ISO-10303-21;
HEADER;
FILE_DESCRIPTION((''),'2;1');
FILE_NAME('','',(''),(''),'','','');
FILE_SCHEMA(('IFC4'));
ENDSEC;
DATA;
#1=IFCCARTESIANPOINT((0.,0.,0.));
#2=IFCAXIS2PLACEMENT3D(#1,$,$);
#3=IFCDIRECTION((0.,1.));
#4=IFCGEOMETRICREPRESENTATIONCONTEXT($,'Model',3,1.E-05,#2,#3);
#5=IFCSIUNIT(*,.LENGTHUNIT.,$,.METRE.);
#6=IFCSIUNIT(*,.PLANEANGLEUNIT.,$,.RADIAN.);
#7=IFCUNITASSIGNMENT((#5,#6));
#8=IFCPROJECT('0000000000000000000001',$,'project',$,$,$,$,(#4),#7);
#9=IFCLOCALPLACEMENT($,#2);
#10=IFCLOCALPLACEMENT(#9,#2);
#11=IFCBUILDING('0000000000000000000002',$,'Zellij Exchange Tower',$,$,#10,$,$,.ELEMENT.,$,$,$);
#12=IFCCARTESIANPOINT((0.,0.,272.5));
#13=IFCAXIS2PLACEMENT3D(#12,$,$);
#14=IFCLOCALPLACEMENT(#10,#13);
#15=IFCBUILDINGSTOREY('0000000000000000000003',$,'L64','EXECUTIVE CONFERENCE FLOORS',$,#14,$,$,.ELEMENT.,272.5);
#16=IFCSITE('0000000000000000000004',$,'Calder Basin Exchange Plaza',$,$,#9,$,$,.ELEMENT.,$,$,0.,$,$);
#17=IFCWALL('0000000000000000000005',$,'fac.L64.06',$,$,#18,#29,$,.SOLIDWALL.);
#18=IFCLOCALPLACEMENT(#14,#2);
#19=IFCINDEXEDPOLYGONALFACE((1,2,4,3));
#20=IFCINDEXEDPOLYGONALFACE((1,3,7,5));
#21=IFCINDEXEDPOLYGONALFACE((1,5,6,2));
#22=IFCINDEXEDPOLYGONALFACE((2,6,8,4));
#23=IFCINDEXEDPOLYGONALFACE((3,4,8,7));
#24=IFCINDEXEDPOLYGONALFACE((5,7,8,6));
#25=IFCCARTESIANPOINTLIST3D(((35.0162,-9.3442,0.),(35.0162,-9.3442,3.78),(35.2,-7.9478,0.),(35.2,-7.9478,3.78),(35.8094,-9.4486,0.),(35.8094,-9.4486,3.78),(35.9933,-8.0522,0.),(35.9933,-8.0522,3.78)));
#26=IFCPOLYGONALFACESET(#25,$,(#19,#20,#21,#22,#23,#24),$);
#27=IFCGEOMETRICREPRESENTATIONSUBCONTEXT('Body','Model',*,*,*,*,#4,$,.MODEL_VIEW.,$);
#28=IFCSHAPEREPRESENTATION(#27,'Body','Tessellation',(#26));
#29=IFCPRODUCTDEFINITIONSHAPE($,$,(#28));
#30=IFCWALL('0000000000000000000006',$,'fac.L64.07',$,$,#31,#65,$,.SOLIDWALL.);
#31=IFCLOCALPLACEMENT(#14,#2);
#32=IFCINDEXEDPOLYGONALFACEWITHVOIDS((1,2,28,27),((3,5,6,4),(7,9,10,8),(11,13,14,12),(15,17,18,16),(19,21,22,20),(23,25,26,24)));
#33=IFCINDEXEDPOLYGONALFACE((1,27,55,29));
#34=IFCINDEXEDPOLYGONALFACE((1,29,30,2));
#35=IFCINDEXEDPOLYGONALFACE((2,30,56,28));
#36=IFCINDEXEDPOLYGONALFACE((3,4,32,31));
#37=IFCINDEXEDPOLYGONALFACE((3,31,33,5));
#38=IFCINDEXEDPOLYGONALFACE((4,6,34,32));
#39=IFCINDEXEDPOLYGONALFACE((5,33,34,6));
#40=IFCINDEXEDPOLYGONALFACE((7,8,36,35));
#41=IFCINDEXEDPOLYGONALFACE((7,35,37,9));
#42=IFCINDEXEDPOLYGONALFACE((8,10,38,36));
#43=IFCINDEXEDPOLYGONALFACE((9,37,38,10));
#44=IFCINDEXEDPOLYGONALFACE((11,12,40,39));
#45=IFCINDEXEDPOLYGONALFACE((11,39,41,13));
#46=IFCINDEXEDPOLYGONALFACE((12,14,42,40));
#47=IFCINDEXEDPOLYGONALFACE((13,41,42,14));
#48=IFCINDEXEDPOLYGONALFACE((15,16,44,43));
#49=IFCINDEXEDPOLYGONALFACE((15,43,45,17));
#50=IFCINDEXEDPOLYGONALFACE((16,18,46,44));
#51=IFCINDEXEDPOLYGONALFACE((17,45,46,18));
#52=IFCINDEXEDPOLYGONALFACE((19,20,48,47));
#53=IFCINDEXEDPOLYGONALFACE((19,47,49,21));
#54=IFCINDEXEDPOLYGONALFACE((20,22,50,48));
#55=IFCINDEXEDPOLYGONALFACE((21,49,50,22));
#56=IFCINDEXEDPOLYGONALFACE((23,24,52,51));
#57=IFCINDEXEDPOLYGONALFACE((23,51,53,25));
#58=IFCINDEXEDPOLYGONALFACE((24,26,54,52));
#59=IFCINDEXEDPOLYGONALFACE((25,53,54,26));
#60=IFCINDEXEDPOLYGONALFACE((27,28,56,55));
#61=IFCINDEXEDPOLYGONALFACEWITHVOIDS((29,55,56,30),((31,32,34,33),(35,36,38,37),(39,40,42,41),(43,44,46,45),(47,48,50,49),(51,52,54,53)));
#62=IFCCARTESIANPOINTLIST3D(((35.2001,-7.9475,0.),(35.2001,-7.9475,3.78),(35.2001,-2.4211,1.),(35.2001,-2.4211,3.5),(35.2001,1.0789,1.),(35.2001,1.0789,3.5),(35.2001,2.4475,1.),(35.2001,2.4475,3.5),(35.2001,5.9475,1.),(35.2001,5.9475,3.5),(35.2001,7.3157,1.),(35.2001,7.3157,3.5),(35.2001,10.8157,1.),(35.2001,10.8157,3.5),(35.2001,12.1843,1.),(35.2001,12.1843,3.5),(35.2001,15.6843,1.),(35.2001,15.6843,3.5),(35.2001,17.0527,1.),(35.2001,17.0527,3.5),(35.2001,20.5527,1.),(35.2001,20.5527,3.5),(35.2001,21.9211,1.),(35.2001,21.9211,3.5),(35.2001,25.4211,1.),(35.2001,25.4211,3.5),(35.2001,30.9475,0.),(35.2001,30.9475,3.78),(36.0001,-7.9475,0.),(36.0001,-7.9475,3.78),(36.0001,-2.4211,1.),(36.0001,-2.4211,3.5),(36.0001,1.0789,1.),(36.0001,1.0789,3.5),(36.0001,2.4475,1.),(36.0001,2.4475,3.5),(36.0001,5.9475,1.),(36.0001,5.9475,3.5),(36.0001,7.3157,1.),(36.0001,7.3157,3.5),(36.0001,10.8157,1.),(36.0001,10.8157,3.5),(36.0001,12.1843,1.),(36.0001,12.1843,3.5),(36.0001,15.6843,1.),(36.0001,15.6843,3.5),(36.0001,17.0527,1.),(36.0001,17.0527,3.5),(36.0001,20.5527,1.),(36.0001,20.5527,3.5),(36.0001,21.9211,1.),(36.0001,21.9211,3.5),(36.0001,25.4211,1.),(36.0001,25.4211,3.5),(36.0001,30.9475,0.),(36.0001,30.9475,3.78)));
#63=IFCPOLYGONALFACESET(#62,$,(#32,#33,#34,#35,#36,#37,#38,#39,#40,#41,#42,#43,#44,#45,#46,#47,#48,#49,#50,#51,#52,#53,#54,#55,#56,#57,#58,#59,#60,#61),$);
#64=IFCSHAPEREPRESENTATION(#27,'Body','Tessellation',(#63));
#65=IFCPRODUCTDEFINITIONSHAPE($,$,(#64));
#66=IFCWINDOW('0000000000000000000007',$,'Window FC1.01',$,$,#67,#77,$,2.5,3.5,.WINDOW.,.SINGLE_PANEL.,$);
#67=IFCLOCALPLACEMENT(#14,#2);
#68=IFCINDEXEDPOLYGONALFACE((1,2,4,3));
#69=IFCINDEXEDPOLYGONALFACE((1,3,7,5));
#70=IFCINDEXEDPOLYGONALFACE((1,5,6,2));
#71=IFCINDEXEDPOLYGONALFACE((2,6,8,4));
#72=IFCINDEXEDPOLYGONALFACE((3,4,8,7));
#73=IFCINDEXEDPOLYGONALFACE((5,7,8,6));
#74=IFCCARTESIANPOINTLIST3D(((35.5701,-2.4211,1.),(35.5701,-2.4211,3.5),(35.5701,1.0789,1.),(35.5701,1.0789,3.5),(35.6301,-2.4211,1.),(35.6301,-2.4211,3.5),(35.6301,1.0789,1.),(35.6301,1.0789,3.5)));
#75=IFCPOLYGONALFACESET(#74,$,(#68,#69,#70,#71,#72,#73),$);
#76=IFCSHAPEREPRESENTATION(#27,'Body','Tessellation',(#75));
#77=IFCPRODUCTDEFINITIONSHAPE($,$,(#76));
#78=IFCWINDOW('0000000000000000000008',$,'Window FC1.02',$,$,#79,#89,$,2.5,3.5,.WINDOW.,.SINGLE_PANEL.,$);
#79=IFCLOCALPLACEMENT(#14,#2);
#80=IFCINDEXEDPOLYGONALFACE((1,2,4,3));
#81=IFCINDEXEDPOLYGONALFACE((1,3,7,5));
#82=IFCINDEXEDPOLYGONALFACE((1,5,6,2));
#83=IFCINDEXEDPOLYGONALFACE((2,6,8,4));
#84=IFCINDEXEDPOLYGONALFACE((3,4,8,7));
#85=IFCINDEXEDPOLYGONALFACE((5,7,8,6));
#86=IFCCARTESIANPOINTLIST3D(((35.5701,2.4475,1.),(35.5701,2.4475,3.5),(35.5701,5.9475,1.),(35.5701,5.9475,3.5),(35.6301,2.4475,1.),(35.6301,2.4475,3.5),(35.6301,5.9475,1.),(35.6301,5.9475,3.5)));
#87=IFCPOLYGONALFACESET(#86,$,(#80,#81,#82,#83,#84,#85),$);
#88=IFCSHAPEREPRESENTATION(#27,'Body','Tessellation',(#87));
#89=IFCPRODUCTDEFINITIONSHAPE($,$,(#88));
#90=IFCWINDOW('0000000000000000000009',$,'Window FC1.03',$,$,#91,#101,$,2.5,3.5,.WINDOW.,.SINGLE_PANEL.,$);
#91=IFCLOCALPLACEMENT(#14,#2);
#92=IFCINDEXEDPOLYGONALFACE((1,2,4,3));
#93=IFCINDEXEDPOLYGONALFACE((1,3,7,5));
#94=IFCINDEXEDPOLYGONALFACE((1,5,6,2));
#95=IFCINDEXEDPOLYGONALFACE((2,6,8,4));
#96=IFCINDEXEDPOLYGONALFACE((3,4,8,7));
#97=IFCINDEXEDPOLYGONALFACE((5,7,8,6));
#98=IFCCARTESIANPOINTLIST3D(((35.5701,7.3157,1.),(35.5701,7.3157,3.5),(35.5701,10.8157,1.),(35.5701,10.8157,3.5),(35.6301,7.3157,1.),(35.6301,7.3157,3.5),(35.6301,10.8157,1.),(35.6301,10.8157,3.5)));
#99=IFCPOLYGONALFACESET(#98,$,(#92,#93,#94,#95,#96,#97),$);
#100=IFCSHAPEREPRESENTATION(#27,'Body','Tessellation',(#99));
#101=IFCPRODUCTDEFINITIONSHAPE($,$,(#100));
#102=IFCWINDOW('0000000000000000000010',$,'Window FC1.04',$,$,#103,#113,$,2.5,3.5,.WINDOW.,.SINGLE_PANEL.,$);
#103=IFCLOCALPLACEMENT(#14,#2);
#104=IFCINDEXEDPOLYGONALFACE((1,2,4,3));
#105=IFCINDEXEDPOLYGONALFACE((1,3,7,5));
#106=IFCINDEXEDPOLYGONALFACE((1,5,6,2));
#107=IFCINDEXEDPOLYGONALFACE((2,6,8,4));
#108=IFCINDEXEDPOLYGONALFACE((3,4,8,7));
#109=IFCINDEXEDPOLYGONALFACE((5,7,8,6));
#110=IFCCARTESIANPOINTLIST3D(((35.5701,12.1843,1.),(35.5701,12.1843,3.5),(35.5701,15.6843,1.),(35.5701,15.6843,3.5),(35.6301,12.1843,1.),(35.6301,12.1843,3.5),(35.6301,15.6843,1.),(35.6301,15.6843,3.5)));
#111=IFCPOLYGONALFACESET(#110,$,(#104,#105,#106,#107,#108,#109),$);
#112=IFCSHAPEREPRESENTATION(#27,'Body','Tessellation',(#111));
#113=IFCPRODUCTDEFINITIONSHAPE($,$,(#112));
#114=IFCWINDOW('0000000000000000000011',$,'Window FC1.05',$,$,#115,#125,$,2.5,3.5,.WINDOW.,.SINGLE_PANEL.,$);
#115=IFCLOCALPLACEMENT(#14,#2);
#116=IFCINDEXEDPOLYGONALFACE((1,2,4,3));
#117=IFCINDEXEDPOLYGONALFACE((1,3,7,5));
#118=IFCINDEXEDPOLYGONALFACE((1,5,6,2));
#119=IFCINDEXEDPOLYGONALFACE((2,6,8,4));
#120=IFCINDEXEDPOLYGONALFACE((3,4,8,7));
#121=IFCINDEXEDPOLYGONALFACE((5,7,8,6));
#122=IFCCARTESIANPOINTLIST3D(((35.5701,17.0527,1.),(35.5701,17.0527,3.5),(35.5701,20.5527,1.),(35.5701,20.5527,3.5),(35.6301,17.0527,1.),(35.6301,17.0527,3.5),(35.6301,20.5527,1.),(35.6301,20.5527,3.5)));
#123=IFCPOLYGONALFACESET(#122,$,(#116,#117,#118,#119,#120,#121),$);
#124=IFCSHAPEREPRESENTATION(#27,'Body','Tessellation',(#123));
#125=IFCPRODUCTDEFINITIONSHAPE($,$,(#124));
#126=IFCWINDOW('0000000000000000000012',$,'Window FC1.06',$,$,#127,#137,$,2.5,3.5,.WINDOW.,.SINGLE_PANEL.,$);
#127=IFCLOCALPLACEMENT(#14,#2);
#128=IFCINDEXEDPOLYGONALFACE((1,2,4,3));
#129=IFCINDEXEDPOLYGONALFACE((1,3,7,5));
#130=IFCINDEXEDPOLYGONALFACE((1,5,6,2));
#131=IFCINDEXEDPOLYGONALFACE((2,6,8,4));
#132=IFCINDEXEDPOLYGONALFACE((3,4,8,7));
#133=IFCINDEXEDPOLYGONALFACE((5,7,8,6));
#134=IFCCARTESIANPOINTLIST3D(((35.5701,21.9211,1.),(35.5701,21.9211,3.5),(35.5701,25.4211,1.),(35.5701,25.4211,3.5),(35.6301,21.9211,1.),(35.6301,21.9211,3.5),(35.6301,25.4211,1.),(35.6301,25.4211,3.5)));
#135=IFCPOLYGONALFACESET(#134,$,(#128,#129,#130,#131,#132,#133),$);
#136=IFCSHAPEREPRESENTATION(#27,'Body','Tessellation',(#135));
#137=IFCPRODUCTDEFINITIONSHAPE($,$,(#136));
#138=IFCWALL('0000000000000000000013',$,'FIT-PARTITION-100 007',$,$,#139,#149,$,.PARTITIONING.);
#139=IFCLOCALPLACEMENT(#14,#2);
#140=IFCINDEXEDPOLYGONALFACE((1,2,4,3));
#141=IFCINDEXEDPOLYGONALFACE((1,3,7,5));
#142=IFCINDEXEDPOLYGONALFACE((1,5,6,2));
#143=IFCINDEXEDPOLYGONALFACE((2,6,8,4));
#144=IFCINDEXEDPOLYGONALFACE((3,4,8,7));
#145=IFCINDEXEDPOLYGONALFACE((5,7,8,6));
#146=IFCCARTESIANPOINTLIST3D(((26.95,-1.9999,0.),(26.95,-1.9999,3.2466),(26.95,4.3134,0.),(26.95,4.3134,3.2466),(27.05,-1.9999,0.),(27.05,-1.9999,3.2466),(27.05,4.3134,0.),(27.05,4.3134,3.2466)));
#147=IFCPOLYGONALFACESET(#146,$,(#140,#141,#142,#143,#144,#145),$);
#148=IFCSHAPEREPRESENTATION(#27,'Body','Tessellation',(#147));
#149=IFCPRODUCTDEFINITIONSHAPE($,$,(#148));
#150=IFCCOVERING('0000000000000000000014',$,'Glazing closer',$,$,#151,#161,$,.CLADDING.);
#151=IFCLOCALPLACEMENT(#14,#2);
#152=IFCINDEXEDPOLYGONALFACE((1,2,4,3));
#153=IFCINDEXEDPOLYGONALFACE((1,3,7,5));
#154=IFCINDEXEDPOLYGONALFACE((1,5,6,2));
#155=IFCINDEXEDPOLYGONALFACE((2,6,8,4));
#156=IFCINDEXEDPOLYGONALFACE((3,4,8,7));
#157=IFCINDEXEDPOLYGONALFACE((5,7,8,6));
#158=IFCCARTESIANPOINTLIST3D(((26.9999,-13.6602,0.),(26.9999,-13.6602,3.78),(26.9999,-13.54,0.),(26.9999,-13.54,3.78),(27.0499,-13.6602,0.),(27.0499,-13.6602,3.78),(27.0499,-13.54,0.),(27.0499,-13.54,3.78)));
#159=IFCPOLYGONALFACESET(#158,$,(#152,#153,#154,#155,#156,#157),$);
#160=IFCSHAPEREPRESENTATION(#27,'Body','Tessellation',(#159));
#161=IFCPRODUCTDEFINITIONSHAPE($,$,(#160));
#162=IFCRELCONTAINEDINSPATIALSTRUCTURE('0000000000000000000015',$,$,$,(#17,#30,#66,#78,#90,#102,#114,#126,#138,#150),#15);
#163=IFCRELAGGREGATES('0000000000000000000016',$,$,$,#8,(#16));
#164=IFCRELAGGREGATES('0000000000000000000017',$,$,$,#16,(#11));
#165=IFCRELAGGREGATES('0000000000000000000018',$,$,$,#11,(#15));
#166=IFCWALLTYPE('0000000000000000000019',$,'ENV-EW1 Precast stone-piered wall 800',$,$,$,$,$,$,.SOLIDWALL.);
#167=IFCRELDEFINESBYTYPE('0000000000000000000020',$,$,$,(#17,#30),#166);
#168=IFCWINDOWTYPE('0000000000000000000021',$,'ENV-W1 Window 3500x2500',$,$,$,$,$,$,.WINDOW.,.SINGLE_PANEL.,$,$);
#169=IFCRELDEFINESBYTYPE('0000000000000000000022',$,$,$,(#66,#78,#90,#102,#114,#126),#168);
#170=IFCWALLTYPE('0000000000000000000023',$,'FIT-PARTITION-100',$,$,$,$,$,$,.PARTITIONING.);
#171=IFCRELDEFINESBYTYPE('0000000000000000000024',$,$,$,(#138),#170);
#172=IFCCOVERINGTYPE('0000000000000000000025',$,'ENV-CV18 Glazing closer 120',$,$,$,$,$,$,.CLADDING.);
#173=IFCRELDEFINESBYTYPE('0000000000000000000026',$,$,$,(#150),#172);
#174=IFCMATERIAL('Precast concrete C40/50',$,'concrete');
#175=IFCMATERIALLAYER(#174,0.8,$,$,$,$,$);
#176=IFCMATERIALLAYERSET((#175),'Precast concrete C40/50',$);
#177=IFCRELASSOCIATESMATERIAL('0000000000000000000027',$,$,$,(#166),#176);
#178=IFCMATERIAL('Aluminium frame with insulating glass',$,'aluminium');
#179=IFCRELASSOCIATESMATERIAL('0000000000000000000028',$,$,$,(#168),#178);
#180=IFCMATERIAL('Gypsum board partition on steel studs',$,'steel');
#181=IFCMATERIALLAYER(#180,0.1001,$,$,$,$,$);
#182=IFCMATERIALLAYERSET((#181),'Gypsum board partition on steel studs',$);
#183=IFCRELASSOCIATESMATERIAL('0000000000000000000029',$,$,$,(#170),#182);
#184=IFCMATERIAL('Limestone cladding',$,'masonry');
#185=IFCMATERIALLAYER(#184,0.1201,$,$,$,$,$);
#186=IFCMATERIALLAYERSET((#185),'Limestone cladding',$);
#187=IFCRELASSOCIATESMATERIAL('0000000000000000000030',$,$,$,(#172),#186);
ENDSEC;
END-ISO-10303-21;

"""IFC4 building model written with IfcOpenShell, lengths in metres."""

from ifc_helpers import new_model, si_unit, direction, frame, frame_2d, origin, origin_2d, place, context, subcontext, project, spatial, rectangle, extrude, material, layer, layer_set, type_object, element, fill, save


model = new_model("IFC4")

# Units and contexts
model_context = context("Model", 3, precision=1e-05, world=origin(), true_north=direction((0.0, 1.0)))
body_context = subcontext(model_context, "Body", "Model", "MODEL_VIEW")
ifc_project = project(units=[si_unit("LENGTHUNIT", "METRE"), si_unit("PLANEANGLEUNIT", "RADIAN")], contexts=[model_context])

# Site, building, storey
site_placement = place(None, origin())
site = spatial("IfcSite", under=ifc_project, at=site_placement, Name="Calder Basin Exchange Plaza", CompositionType="ELEMENT", RefElevation=0.0)
building_placement = place(site_placement, origin())
building = spatial("IfcBuilding", under=site, at=building_placement, Name="Zellij Exchange Tower", CompositionType="ELEMENT")
storey_placement = place(building_placement, frame((0.0, 0.0, 272.5)))
storey = spatial("IfcBuildingStorey", under=building, at=storey_placement, Name="L64", Description="EXECUTIVE CONFERENCE FLOORS", CompositionType="ELEMENT", Elevation=272.5)

# Wall
ifc_material_1 = material(Name="Precast concrete C40/50", Category="concrete")
ifc_layer_1 = layer(ifc_material_1, 0.8)
ifc_layer_set_1 = layer_set([ifc_layer_1], Name="Precast concrete C40/50")
wall_type_1 = type_object("IfcWallType", Name="ENV-EW1 Precast stone-piered wall 800", PredefinedType="SOLIDWALL", material=ifc_layer_set_1)
wall_1_placement = place(storey_placement, frame((35.4128, -9.3962, 0.0), z_axis=(0.0, 0.0, 1.0), x_axis=(0.130517, 0.991446, 0.0)))
element("IfcWall", 1, at=wall_1_placement, inside=storey, type_object=wall_type_1, Name="fac.L64.06", PredefinedType="SOLIDWALL", context=body_context, shape_type="SweptSolid", body=[
    extrude(rectangle(XDim=1.4084, YDim=0.8, at=frame_2d((0.7041, 0.0))), origin(), (0.0, 0.0, 1.0), 3.78),
])

# Wall, openings, windows
wall_2_placement = place(storey_placement, frame((35.6001, -7.9475, 0.0), z_axis=(0.0, 0.0, 1.0), x_axis=(0.0, 1.0, 0.0)))
wall_2 = element("IfcWall", 2, at=wall_2_placement, inside=storey, type_object=wall_type_1, Name="fac.L64.07", PredefinedType="SOLIDWALL", context=body_context, shape_type="SweptSolid", body=[
    extrude(rectangle(XDim=38.895, YDim=0.8, at=frame_2d((19.4475, 0.0))), origin(), (0.0, 0.0, 1.0), 3.78),
])
opening_1_placement = place(wall_2_placement, frame((5.5264, 0.0, 1.0)))
opening_1 = element("IfcOpeningElement", 3, at=opening_1_placement, cuts=wall_2, PredefinedType="OPENING", context=body_context, shape_type="SweptSolid", body=[
    extrude(rectangle(XDim=3.5, YDim=2.5, at=frame_2d((1.75, 1.25))), frame((0.0, 0.4121, 0.0), z_axis=(0.0, -1.0, 0.0), x_axis=(1.0, 0.0, 0.0)), (0.0, 0.0, 1.0), 0.824),
])
opening_2_placement = place(wall_2_placement, frame((10.395, 0.0, 1.0)))
opening_2 = element("IfcOpeningElement", 4, at=opening_2_placement, cuts=wall_2, PredefinedType="OPENING", context=body_context, shape_type="SweptSolid", body=[
    extrude(rectangle(XDim=3.5, YDim=2.5, at=frame_2d((1.75, 1.25))), frame((0.0, 0.4121, 0.0), z_axis=(0.0, -1.0, 0.0), x_axis=(1.0, 0.0, 0.0)), (0.0, 0.0, 1.0), 0.824),
])
opening_3_placement = place(wall_2_placement, frame((15.2632, 0.0, 1.0)))
opening_3 = element("IfcOpeningElement", 5, at=opening_3_placement, cuts=wall_2, PredefinedType="OPENING", context=body_context, shape_type="SweptSolid", body=[
    extrude(rectangle(XDim=3.5, YDim=2.5, at=frame_2d((1.75, 1.25))), frame((0.0, 0.4121, 0.0), z_axis=(0.0, -1.0, 0.0), x_axis=(1.0, 0.0, 0.0)), (0.0, 0.0, 1.0), 0.824),
])
opening_4_placement = place(wall_2_placement, frame((20.1318, 0.0, 1.0)))
opening_4 = element("IfcOpeningElement", 6, at=opening_4_placement, cuts=wall_2, PredefinedType="OPENING", context=body_context, shape_type="SweptSolid", body=[
    extrude(rectangle(XDim=3.5, YDim=2.5, at=frame_2d((1.75, 1.25))), frame((0.0, 0.4121, 0.0), z_axis=(0.0, -1.0, 0.0), x_axis=(1.0, 0.0, 0.0)), (0.0, 0.0, 1.0), 0.824),
])
opening_5_placement = place(wall_2_placement, frame((25.0002, 0.0, 1.0)))
opening_5 = element("IfcOpeningElement", 7, at=opening_5_placement, cuts=wall_2, PredefinedType="OPENING", context=body_context, shape_type="SweptSolid", body=[
    extrude(rectangle(XDim=3.5, YDim=2.5, at=frame_2d((1.75, 1.25))), frame((0.0, 0.4121, 0.0), z_axis=(0.0, -1.0, 0.0), x_axis=(1.0, 0.0, 0.0)), (0.0, 0.0, 1.0), 0.824),
])
opening_6_placement = place(wall_2_placement, frame((29.8687, 0.0, 1.0)))
opening_6 = element("IfcOpeningElement", 8, at=opening_6_placement, cuts=wall_2, PredefinedType="OPENING", context=body_context, shape_type="SweptSolid", body=[
    extrude(rectangle(XDim=3.5, YDim=2.5, at=frame_2d((1.75, 1.25))), frame((0.0, 0.4121, 0.0), z_axis=(0.0, -1.0, 0.0), x_axis=(1.0, 0.0, 0.0)), (0.0, 0.0, 1.0), 0.824),
])
ifc_material_2 = material(Name="Aluminium frame with insulating glass", Category="aluminium")
window_type = type_object("IfcWindowType", Name="ENV-W1 Window 3500x2500", PartitioningType="SINGLE_PANEL", PredefinedType="WINDOW", material=ifc_material_2)
window_1_placement = place(opening_1_placement, origin())
window_1 = element("IfcWindow", 9, at=window_1_placement, inside=storey, type_object=window_type, Name="Window FC1.01", OverallHeight=2.5, OverallWidth=3.5, PartitioningType="SINGLE_PANEL", PredefinedType="WINDOW", context=body_context, shape_type="SweptSolid", body=[
    extrude(rectangle(XDim=3.5, YDim=2.5, at=frame_2d((1.75, 1.25))), frame((0.0, 0.03, 0.0), z_axis=(0.0, -1.0, 0.0), x_axis=(1.0, 0.0, 0.0)), (0.0, 0.0, 1.0), 0.0601),
])
fill(opening_1, window_1)
window_2_placement = place(opening_2_placement, origin())
window_2 = element("IfcWindow", 10, at=window_2_placement, inside=storey, type_object=window_type, Name="Window FC1.02", OverallHeight=2.5, OverallWidth=3.5, PartitioningType="SINGLE_PANEL", PredefinedType="WINDOW", context=body_context, shape_type="SweptSolid", body=[
    extrude(rectangle(XDim=3.5, YDim=2.5, at=frame_2d((1.75, 1.25))), frame((0.0, 0.03, 0.0), z_axis=(0.0, -1.0, 0.0), x_axis=(1.0, 0.0, 0.0)), (0.0, 0.0, 1.0), 0.0601),
])
fill(opening_2, window_2)
window_3_placement = place(opening_3_placement, origin())
window_3 = element("IfcWindow", 11, at=window_3_placement, inside=storey, type_object=window_type, Name="Window FC1.03", OverallHeight=2.5, OverallWidth=3.5, PartitioningType="SINGLE_PANEL", PredefinedType="WINDOW", context=body_context, shape_type="SweptSolid", body=[
    extrude(rectangle(XDim=3.5, YDim=2.5, at=frame_2d((1.75, 1.25))), frame((0.0, 0.03, 0.0), z_axis=(0.0, -1.0, 0.0), x_axis=(1.0, 0.0, 0.0)), (0.0, 0.0, 1.0), 0.0601),
])
fill(opening_3, window_3)
window_4_placement = place(opening_4_placement, origin())
window_4 = element("IfcWindow", 12, at=window_4_placement, inside=storey, type_object=window_type, Name="Window FC1.04", OverallHeight=2.5, OverallWidth=3.5, PartitioningType="SINGLE_PANEL", PredefinedType="WINDOW", context=body_context, shape_type="SweptSolid", body=[
    extrude(rectangle(XDim=3.5, YDim=2.5, at=frame_2d((1.75, 1.25))), frame((0.0, 0.03, 0.0), z_axis=(0.0, -1.0, 0.0), x_axis=(1.0, 0.0, 0.0)), (0.0, 0.0, 1.0), 0.0601),
])
fill(opening_4, window_4)
window_5_placement = place(opening_5_placement, origin())
window_5 = element("IfcWindow", 13, at=window_5_placement, inside=storey, type_object=window_type, Name="Window FC1.05", OverallHeight=2.5, OverallWidth=3.5, PartitioningType="SINGLE_PANEL", PredefinedType="WINDOW", context=body_context, shape_type="SweptSolid", body=[
    extrude(rectangle(XDim=3.5, YDim=2.5, at=frame_2d((1.75, 1.25))), frame((0.0, 0.03, 0.0), z_axis=(0.0, -1.0, 0.0), x_axis=(1.0, 0.0, 0.0)), (0.0, 0.0, 1.0), 0.0601),
])
fill(opening_5, window_5)
window_6_placement = place(opening_6_placement, origin())
window_6 = element("IfcWindow", 14, at=window_6_placement, inside=storey, type_object=window_type, Name="Window FC1.06", OverallHeight=2.5, OverallWidth=3.5, PartitioningType="SINGLE_PANEL", PredefinedType="WINDOW", context=body_context, shape_type="SweptSolid", body=[
    extrude(rectangle(XDim=3.5, YDim=2.5, at=frame_2d((1.75, 1.25))), frame((0.0, 0.03, 0.0), z_axis=(0.0, -1.0, 0.0), x_axis=(1.0, 0.0, 0.0)), (0.0, 0.0, 1.0), 0.0601),
])
fill(opening_6, window_6)

# Wall
ifc_material_3 = material(Name="Gypsum board partition on steel studs", Category="steel")
ifc_layer_2 = layer(ifc_material_3, 0.1001)
ifc_layer_set_2 = layer_set([ifc_layer_2], Name="Gypsum board partition on steel studs")
wall_type_2 = type_object("IfcWallType", Name="FIT-PARTITION-100", PredefinedType="PARTITIONING", material=ifc_layer_set_2)
wall_3_placement = place(storey_placement, frame((27.0, -2.0, 0.0), z_axis=(0.0, 0.0, 1.0), x_axis=(0.0, 1.0, 0.0)))
element("IfcWall", 15, at=wall_3_placement, inside=storey, type_object=wall_type_2, Name="FIT-PARTITION-100 007", PredefinedType="PARTITIONING", context=body_context, shape_type="SweptSolid", body=[
    extrude(rectangle(XDim=6.3132, YDim=0.1001, at=frame_2d((3.1567, 0.0))), origin(), (0.0, 0.0, 1.0), 3.2466),
])

# Covering
ifc_material_4 = material(Name="Limestone cladding", Category="masonry")
ifc_layer_3 = layer(ifc_material_4, 0.1201)
ifc_layer_set_3 = layer_set([ifc_layer_3], Name="Limestone cladding")
covering_type_1 = type_object("IfcCoveringType", Name="ENV-CV18 Glazing closer 120", PredefinedType="CLADDING", material=ifc_layer_set_3)
covering_1_placement = place(storey_placement, frame((27.0249, -13.6001, 0.0), z_axis=(0.0, 0.0, 1.0), x_axis=(-1.0, 0.0, 0.0)))
element("IfcCovering", 16, at=covering_1_placement, inside=storey, type_object=covering_type_1, Name="Glazing closer", PredefinedType="CLADDING", context=body_context, shape_type="SweptSolid", body=[
    extrude(rectangle(XDim=0.05, YDim=0.1201, at=origin_2d()), origin(), (0.0, 0.0, 1.0), 3.78),
])

save(model, "model.ifc")
